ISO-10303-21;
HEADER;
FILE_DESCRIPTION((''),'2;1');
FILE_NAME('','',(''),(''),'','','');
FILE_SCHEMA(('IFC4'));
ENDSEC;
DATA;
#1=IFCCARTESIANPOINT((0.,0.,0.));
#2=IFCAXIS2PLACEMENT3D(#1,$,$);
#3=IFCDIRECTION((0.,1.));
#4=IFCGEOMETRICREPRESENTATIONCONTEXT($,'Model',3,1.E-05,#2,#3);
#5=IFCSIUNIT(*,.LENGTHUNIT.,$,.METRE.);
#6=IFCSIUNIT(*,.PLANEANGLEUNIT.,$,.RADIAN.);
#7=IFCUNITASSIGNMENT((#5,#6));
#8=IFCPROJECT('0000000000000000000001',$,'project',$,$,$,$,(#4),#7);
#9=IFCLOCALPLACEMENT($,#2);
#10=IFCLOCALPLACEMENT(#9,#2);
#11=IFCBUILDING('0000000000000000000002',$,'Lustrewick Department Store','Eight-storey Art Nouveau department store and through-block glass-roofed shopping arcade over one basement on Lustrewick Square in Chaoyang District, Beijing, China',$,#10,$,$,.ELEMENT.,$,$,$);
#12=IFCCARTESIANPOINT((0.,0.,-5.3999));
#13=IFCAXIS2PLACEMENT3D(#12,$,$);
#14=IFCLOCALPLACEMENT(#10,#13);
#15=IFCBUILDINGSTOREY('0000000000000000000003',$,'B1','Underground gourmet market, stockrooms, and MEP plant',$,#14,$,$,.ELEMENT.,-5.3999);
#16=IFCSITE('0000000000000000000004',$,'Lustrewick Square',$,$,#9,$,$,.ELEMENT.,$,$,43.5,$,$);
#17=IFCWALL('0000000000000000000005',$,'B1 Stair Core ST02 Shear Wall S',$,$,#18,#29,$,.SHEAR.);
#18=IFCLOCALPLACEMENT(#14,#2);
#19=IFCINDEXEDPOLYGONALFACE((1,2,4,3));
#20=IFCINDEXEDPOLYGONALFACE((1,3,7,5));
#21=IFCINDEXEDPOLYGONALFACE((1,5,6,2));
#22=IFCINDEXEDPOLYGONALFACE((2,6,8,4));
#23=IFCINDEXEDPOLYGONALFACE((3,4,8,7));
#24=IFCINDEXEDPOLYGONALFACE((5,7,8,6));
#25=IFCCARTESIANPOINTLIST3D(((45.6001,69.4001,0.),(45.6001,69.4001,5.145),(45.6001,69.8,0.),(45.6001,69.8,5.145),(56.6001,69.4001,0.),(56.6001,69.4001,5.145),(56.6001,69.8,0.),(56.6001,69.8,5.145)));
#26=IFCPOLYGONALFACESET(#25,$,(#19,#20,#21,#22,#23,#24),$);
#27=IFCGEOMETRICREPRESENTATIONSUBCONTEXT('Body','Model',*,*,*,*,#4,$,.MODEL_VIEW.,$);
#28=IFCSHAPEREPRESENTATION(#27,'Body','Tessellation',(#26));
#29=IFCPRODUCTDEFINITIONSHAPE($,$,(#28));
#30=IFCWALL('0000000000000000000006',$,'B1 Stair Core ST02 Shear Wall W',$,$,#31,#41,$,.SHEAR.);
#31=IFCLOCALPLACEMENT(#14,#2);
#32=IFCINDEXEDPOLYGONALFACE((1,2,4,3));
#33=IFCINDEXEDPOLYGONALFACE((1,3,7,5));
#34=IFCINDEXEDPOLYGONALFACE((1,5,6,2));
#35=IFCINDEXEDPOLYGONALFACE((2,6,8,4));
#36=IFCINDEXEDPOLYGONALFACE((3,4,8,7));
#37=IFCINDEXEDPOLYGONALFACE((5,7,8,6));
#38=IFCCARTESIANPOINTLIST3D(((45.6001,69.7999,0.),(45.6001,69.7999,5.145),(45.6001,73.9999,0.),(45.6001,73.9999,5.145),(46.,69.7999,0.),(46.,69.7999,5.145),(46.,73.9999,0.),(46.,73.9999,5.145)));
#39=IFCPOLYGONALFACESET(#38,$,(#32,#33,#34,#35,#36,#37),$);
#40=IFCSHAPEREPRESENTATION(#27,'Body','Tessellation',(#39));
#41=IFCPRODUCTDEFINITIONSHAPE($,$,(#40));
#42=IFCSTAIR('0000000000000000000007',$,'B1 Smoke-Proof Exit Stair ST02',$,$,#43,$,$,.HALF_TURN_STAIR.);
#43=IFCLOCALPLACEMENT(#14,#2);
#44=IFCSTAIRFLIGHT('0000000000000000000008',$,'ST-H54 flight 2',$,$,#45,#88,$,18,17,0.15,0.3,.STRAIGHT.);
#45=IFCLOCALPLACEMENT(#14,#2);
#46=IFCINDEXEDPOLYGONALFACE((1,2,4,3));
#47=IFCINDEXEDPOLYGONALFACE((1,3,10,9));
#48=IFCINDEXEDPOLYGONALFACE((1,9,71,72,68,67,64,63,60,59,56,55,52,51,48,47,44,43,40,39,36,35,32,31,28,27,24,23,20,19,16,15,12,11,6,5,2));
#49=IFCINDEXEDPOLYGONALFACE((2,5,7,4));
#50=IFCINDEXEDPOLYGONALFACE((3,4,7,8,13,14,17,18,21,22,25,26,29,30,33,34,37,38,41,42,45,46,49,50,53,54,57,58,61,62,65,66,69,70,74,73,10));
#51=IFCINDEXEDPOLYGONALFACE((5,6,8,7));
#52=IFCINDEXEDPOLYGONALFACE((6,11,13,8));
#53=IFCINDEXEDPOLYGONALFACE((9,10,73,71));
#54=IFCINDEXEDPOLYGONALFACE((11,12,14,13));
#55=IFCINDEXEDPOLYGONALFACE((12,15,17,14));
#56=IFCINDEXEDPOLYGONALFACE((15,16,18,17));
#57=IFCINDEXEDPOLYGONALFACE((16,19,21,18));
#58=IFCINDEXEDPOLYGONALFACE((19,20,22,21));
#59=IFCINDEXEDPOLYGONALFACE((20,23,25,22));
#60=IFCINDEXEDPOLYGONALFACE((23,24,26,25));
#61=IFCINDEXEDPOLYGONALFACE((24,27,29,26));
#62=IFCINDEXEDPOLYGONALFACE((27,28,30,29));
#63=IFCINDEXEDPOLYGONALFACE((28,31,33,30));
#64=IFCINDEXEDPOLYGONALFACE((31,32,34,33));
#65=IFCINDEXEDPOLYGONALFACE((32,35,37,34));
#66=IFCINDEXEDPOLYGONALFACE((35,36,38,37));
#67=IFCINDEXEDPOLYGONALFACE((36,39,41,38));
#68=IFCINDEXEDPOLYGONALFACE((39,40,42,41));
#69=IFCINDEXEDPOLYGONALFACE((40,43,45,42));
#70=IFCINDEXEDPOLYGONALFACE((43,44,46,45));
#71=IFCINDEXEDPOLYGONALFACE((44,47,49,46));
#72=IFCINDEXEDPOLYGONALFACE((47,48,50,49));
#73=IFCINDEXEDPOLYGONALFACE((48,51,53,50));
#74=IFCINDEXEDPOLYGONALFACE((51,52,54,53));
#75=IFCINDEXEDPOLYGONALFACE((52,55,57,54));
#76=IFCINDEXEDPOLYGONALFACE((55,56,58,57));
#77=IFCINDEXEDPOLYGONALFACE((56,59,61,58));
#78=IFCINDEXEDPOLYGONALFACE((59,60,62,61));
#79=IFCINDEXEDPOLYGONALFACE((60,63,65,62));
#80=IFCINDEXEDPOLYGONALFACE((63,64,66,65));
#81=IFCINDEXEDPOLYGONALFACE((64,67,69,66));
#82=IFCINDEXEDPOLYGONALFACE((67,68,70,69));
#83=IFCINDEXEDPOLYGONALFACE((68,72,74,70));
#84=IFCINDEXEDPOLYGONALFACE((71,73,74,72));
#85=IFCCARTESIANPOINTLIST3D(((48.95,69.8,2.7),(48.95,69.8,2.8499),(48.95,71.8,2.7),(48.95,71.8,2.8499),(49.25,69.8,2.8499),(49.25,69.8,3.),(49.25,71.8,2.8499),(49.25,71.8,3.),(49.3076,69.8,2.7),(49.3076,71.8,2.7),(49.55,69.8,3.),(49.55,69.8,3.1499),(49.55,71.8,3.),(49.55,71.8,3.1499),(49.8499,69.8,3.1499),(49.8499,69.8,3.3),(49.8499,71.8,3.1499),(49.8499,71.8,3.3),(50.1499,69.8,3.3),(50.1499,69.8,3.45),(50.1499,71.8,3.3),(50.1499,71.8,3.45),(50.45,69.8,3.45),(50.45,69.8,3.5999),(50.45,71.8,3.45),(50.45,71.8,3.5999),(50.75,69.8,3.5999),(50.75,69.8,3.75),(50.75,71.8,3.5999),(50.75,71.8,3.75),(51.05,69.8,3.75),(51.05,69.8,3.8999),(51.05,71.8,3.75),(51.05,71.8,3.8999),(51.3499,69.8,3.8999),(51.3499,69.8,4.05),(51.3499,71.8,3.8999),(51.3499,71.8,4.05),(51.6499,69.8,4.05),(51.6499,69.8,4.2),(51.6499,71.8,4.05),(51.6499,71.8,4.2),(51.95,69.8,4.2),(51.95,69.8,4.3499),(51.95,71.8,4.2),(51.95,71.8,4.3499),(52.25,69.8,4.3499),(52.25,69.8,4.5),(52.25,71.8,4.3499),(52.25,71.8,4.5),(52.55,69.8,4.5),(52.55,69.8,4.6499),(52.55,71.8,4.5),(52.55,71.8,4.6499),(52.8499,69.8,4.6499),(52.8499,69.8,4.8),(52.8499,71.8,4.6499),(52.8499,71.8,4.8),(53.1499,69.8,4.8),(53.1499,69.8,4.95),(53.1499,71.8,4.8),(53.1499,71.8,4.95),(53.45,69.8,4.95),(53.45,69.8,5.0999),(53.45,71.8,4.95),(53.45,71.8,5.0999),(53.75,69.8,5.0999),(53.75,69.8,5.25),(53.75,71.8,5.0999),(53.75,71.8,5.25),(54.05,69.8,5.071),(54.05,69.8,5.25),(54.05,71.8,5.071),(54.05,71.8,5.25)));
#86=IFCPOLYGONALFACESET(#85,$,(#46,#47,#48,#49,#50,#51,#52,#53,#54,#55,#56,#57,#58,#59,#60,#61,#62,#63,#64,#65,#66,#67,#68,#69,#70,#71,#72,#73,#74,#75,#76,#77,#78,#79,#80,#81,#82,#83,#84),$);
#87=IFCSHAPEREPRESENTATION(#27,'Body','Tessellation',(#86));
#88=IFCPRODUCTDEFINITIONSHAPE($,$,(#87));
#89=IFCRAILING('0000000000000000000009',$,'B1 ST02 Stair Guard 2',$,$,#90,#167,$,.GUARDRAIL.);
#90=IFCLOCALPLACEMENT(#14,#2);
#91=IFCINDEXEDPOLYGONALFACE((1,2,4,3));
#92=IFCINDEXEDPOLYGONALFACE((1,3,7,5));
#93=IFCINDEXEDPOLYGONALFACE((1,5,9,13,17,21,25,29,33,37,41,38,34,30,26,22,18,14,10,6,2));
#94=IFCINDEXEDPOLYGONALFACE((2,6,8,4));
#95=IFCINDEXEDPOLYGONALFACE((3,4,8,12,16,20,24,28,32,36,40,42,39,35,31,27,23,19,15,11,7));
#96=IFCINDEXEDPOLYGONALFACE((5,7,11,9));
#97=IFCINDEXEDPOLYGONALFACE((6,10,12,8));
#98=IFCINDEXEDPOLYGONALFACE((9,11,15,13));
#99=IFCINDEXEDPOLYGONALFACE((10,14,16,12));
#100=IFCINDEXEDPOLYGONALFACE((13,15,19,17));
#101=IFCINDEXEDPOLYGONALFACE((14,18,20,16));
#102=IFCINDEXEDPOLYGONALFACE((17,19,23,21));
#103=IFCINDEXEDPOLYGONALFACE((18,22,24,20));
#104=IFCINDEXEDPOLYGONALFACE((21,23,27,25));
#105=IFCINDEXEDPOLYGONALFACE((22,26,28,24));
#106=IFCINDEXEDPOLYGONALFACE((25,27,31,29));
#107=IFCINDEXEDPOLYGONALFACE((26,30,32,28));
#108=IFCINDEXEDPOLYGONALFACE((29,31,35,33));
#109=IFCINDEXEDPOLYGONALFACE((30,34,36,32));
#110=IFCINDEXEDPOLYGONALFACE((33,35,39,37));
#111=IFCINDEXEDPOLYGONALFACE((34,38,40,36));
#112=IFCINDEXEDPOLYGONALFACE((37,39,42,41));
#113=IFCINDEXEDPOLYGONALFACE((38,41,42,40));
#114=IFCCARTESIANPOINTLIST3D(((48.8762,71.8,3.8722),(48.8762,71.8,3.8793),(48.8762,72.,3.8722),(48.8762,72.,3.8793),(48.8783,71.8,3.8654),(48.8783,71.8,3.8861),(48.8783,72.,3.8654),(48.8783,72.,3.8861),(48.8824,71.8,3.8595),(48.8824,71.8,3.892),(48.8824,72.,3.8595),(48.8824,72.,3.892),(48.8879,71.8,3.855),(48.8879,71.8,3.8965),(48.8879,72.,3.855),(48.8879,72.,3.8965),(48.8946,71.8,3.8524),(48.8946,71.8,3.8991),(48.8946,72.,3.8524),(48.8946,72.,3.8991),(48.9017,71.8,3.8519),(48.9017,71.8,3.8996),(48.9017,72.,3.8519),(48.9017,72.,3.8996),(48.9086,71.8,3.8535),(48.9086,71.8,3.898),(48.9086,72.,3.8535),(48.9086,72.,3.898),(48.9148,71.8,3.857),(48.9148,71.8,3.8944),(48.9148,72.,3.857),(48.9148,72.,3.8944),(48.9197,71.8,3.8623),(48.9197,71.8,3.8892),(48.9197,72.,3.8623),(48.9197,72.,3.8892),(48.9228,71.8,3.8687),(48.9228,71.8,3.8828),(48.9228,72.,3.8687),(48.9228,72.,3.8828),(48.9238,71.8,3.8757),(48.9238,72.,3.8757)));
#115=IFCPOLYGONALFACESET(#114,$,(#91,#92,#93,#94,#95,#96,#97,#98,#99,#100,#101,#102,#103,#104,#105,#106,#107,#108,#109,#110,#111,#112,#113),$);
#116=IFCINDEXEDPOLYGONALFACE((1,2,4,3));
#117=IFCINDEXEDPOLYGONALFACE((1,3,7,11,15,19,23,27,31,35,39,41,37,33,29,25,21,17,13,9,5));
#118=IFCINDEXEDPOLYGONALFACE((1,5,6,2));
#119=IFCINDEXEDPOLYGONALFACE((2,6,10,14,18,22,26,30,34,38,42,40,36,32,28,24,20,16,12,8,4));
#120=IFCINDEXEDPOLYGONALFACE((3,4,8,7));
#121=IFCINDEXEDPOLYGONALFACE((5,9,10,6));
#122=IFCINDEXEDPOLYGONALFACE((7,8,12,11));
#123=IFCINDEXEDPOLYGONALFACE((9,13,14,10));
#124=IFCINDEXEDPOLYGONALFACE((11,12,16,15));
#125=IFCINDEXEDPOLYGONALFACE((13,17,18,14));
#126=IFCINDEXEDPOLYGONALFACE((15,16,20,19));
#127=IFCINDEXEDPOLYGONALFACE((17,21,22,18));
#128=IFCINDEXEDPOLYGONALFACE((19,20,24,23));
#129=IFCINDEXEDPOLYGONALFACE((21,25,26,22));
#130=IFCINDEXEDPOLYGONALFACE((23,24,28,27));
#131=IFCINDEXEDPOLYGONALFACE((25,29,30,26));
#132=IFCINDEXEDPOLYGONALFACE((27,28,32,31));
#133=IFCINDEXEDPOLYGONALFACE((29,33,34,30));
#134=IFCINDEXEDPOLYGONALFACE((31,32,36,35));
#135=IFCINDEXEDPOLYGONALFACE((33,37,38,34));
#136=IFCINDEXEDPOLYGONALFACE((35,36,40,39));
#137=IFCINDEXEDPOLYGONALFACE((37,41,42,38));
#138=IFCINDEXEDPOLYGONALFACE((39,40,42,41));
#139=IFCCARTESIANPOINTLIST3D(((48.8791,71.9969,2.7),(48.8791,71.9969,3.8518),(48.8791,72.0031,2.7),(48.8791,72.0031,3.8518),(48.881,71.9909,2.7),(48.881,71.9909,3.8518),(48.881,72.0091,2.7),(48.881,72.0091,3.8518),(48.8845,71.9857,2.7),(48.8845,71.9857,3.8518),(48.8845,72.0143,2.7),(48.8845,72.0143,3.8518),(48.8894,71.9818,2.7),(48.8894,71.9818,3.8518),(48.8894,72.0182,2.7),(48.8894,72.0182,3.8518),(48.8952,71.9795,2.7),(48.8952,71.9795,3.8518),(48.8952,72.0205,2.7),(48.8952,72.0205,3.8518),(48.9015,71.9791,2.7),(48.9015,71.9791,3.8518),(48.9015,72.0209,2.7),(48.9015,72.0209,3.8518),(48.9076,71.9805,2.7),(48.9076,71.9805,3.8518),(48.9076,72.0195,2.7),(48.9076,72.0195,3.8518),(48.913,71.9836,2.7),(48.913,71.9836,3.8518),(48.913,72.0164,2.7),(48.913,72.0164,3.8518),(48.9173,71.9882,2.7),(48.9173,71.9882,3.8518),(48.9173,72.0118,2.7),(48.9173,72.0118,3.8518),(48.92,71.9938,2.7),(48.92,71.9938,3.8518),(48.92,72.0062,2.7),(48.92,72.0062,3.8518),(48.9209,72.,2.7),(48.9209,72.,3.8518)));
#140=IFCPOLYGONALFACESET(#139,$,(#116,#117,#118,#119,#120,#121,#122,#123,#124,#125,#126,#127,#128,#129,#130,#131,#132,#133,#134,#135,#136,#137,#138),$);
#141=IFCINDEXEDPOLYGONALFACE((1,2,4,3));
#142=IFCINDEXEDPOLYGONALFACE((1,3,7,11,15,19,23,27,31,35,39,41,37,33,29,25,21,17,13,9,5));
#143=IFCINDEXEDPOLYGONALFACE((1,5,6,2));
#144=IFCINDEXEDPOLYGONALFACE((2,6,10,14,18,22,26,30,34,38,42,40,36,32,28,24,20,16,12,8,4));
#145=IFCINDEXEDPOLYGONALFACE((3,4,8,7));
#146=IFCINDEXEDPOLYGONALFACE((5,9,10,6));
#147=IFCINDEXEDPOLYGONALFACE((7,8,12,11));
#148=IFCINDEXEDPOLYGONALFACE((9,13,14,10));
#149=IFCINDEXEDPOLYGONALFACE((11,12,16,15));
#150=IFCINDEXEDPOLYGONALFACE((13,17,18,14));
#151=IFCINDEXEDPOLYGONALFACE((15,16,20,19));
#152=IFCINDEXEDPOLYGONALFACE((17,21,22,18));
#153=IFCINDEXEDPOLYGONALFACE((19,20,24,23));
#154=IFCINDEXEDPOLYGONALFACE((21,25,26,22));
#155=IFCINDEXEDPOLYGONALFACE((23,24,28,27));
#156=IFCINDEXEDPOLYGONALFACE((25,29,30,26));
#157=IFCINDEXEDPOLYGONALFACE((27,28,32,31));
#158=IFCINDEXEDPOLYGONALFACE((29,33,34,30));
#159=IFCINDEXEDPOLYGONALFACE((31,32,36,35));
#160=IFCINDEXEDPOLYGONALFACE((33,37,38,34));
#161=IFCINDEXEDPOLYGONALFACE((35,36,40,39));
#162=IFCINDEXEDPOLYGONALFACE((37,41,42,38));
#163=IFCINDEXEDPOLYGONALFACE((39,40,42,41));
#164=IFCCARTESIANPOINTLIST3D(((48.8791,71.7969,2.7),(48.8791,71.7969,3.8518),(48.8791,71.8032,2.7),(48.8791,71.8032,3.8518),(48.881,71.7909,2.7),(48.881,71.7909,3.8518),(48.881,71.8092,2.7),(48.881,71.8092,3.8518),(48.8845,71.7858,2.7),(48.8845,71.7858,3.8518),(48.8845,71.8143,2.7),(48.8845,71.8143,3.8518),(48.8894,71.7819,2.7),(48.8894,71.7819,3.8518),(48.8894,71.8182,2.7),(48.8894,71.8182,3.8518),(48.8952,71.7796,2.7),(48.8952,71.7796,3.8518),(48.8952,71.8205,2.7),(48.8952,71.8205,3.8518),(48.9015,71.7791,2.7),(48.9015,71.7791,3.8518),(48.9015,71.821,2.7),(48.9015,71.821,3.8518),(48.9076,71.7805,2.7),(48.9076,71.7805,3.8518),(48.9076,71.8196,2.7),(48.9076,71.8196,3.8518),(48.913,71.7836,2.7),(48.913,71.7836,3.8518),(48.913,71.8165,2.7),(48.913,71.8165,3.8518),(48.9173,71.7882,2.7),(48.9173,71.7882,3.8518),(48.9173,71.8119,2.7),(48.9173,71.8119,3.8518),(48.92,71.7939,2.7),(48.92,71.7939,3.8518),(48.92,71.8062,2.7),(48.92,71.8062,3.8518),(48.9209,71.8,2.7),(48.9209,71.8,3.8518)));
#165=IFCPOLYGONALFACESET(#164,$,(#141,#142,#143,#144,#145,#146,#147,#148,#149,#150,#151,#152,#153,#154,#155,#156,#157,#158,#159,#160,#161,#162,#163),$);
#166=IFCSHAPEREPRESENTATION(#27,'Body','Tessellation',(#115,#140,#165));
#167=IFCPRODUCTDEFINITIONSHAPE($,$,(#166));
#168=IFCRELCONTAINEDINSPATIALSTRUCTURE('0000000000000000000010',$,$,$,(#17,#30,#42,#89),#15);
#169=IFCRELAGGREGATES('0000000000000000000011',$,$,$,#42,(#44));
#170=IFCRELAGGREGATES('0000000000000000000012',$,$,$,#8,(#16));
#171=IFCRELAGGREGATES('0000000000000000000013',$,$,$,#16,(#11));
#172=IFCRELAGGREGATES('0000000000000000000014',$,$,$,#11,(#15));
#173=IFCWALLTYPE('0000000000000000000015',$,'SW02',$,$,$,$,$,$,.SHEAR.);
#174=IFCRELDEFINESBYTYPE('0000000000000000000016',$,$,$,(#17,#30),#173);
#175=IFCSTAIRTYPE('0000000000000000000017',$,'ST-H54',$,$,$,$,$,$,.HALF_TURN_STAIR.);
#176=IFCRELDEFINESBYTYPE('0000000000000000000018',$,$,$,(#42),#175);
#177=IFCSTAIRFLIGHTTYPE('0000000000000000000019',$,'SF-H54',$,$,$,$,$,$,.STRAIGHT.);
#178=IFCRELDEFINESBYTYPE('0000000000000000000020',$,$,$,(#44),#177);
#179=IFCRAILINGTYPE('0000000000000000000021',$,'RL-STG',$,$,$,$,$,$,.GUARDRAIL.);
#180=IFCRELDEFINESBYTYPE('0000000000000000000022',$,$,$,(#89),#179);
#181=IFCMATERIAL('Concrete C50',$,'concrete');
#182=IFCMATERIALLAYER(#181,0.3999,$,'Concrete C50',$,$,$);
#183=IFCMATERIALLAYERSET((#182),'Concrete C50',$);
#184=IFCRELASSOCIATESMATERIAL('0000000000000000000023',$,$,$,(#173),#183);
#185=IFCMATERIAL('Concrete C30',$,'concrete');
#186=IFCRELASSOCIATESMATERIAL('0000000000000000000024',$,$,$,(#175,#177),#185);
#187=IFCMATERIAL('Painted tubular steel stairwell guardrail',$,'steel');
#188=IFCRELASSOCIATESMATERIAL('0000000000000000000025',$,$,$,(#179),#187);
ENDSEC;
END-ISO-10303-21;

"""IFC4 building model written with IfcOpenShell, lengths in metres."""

from ifc_helpers import new_model, si_unit, direction, frame, frame_2d, origin, origin_2d, place, context, subcontext, project, spatial, polyline, rectangle, circle, outline, extrude, material, layer, layer_set, type_object, element, aggregate, save


model = new_model("IFC4")

# Units and contexts
model_context = context("Model", 3, precision=1e-05, world=origin(), true_north=direction((0.0, 1.0)))
body_context = subcontext(model_context, "Body", "Model", "MODEL_VIEW")
ifc_project = project(units=[si_unit("LENGTHUNIT", "METRE"), si_unit("PLANEANGLEUNIT", "RADIAN")], contexts=[model_context])

# Site, building, storey
site_placement = place(None, origin())
site = spatial("IfcSite", under=ifc_project, at=site_placement, Name="Lustrewick Square", CompositionType="ELEMENT", RefElevation=43.5)
building_placement = place(site_placement, origin())
building = spatial("IfcBuilding", under=site, at=building_placement, Name="Lustrewick Department Store", Description="Eight-storey Art Nouveau department store and through-block glass-roofed shopping arcade over one basement on Lustrewick Square in Chaoyang District, Beijing, China", CompositionType="ELEMENT")
storey_placement = place(building_placement, frame((0.0, 0.0, -5.3999)))
storey = spatial("IfcBuildingStorey", under=building, at=storey_placement, Name="B1", Description="Underground gourmet market, stockrooms, and MEP plant", CompositionType="ELEMENT", Elevation=-5.3999)

# Shared definitions
ifc_material_1 = material(Name="Concrete C50", Category="concrete")

# Walls
ifc_layer_1 = layer(ifc_material_1, 0.3999, Name="Concrete C50")
ifc_layer_set_1 = layer_set([ifc_layer_1], Name="Concrete C50")
wall_type_1 = type_object("IfcWallType", Name="SW02", PredefinedType="SHEAR", material=ifc_layer_set_1)
wall_1_placement = place(storey_placement, frame((45.6001, 69.6001, 0.0), z_axis=(0.0, 0.0, 1.0), x_axis=(1.0, 0.0, 0.0)))
element("IfcWall", 1, at=wall_1_placement, inside=storey, type_object=wall_type_1, Name="B1 Stair Core ST02 Shear Wall S", PredefinedType="SHEAR", context=body_context, shape_type="SweptSolid", body=[
    extrude(rectangle(XDim=11.0, YDim=0.3999, at=frame_2d((5.5, 0.0))), origin(), (0.0, 0.0, 1.0), 5.145),
])
wall_2_placement = place(storey_placement, frame((45.8, 74.0, 0.0), z_axis=(0.0, 0.0, 1.0), x_axis=(0.0, -1.0, 0.0)))
element("IfcWall", 2, at=wall_2_placement, inside=storey, type_object=wall_type_1, Name="B1 Stair Core ST02 Shear Wall W", PredefinedType="SHEAR", context=body_context, shape_type="SweptSolid", body=[
    extrude(rectangle(XDim=4.2, YDim=0.3999, at=frame_2d((2.1001, 0.0))), origin(), (0.0, 0.0, 1.0), 5.145),
])

# Stair, stair flight
ifc_material_2 = material(Name="Concrete C30", Category="concrete")
stair_type = type_object("IfcStairType", Name="ST-H54", PredefinedType="HALF_TURN_STAIR", material=ifc_material_2)
stair_placement = place(storey_placement, origin())
stair = element("IfcStair", 3, at=stair_placement, inside=storey, type_object=stair_type, Name="B1 Smoke-Proof Exit Stair ST02", PredefinedType="HALF_TURN_STAIR")
stair_flight_type = type_object("IfcStairFlightType", Name="SF-H54", PredefinedType="STRAIGHT", material=ifc_material_2)
stair_flight_placement = place(storey_placement, frame((48.95, 70.8, 2.7), z_axis=(0.0, 0.0, 1.0), x_axis=(1.0, 0.0, 0.0)))
stair_flight = element("IfcStairFlight", 4, at=stair_flight_placement, type_object=stair_flight_type, Name="ST-H54 flight 2", NumberOfRisers=18, NumberOfTreads=17, PredefinedType="STRAIGHT", RiserHeight=0.15, TreadLength=0.3, context=body_context, shape_type="SweptSolid", body=[
    extrude(outline(polyline([(0.0, 0.0), (0.0, 0.1499), (0.3, 0.1499), (0.3, 0.3), (0.6001, 0.3), (0.6001, 0.45), (0.8999, 0.45), (0.8999, 0.6001), (1.2, 0.6001), (1.2, 0.75), (1.5, 0.75), (1.5, 0.8999), (1.8, 0.8999), (1.8, 1.05), (2.1001, 1.05), (2.1001, 1.2), (2.3999, 1.2), (2.3999, 1.3501), (2.7, 1.3501), (2.7, 1.5), (3.0, 1.5), (3.0, 1.6499), (3.3, 1.6499), (3.3, 1.8), (3.6001, 1.8), (3.6001, 1.95), (3.8999, 1.95), (3.8999, 2.1001), (4.2, 2.1001), (4.2, 2.25), (4.5, 2.25), (4.5, 2.3999), (4.8, 2.3999), (4.8, 2.55), (5.1001, 2.55), (5.1001, 2.7), (5.1001, 2.3711), (0.3577, 0.0), (0.0, 0.0)])), frame((0.0, 1.0, 0.0), z_axis=(0.0, -1.0, 0.0), x_axis=(1.0, 0.0, 0.0)), (0.0, 0.0, 1.0), 2.0),
])
aggregate(stair, [stair_flight])

# Railing
ifc_material_3 = material(Name="Painted tubular steel stairwell guardrail", Category="steel")
railing_type_1 = type_object("IfcRailingType", Name="RL-STG", PredefinedType="GUARDRAIL", material=ifc_material_3)
railing_1_placement = place(storey_placement, frame((48.8999, 72.0, 2.7)))
element("IfcRailing", 5, at=railing_1_placement, inside=storey, type_object=railing_type_1, Name="B1 ST02 Stair Guard 2", PredefinedType="GUARDRAIL", context=body_context, shape_type="SweptSolid", body=[
    extrude(circle(Radius=0.0239, at=origin_2d()), frame((0.0, 0.0, 1.1758), z_axis=(0.0, -1.0, 0.0), x_axis=(1.0, 0.0, 0.0)), (0.0, 0.0, 1.0), 0.2),
    extrude(circle(Radius=0.021, at=origin_2d()), origin(), (0.0, 0.0, 1.0), 1.1519),
    extrude(circle(Radius=0.021, at=origin_2d()), frame((0.0, -0.2, 0.0)), (0.0, 0.0, 1.0), 1.1519),
])

save(model, "model.ifc")
